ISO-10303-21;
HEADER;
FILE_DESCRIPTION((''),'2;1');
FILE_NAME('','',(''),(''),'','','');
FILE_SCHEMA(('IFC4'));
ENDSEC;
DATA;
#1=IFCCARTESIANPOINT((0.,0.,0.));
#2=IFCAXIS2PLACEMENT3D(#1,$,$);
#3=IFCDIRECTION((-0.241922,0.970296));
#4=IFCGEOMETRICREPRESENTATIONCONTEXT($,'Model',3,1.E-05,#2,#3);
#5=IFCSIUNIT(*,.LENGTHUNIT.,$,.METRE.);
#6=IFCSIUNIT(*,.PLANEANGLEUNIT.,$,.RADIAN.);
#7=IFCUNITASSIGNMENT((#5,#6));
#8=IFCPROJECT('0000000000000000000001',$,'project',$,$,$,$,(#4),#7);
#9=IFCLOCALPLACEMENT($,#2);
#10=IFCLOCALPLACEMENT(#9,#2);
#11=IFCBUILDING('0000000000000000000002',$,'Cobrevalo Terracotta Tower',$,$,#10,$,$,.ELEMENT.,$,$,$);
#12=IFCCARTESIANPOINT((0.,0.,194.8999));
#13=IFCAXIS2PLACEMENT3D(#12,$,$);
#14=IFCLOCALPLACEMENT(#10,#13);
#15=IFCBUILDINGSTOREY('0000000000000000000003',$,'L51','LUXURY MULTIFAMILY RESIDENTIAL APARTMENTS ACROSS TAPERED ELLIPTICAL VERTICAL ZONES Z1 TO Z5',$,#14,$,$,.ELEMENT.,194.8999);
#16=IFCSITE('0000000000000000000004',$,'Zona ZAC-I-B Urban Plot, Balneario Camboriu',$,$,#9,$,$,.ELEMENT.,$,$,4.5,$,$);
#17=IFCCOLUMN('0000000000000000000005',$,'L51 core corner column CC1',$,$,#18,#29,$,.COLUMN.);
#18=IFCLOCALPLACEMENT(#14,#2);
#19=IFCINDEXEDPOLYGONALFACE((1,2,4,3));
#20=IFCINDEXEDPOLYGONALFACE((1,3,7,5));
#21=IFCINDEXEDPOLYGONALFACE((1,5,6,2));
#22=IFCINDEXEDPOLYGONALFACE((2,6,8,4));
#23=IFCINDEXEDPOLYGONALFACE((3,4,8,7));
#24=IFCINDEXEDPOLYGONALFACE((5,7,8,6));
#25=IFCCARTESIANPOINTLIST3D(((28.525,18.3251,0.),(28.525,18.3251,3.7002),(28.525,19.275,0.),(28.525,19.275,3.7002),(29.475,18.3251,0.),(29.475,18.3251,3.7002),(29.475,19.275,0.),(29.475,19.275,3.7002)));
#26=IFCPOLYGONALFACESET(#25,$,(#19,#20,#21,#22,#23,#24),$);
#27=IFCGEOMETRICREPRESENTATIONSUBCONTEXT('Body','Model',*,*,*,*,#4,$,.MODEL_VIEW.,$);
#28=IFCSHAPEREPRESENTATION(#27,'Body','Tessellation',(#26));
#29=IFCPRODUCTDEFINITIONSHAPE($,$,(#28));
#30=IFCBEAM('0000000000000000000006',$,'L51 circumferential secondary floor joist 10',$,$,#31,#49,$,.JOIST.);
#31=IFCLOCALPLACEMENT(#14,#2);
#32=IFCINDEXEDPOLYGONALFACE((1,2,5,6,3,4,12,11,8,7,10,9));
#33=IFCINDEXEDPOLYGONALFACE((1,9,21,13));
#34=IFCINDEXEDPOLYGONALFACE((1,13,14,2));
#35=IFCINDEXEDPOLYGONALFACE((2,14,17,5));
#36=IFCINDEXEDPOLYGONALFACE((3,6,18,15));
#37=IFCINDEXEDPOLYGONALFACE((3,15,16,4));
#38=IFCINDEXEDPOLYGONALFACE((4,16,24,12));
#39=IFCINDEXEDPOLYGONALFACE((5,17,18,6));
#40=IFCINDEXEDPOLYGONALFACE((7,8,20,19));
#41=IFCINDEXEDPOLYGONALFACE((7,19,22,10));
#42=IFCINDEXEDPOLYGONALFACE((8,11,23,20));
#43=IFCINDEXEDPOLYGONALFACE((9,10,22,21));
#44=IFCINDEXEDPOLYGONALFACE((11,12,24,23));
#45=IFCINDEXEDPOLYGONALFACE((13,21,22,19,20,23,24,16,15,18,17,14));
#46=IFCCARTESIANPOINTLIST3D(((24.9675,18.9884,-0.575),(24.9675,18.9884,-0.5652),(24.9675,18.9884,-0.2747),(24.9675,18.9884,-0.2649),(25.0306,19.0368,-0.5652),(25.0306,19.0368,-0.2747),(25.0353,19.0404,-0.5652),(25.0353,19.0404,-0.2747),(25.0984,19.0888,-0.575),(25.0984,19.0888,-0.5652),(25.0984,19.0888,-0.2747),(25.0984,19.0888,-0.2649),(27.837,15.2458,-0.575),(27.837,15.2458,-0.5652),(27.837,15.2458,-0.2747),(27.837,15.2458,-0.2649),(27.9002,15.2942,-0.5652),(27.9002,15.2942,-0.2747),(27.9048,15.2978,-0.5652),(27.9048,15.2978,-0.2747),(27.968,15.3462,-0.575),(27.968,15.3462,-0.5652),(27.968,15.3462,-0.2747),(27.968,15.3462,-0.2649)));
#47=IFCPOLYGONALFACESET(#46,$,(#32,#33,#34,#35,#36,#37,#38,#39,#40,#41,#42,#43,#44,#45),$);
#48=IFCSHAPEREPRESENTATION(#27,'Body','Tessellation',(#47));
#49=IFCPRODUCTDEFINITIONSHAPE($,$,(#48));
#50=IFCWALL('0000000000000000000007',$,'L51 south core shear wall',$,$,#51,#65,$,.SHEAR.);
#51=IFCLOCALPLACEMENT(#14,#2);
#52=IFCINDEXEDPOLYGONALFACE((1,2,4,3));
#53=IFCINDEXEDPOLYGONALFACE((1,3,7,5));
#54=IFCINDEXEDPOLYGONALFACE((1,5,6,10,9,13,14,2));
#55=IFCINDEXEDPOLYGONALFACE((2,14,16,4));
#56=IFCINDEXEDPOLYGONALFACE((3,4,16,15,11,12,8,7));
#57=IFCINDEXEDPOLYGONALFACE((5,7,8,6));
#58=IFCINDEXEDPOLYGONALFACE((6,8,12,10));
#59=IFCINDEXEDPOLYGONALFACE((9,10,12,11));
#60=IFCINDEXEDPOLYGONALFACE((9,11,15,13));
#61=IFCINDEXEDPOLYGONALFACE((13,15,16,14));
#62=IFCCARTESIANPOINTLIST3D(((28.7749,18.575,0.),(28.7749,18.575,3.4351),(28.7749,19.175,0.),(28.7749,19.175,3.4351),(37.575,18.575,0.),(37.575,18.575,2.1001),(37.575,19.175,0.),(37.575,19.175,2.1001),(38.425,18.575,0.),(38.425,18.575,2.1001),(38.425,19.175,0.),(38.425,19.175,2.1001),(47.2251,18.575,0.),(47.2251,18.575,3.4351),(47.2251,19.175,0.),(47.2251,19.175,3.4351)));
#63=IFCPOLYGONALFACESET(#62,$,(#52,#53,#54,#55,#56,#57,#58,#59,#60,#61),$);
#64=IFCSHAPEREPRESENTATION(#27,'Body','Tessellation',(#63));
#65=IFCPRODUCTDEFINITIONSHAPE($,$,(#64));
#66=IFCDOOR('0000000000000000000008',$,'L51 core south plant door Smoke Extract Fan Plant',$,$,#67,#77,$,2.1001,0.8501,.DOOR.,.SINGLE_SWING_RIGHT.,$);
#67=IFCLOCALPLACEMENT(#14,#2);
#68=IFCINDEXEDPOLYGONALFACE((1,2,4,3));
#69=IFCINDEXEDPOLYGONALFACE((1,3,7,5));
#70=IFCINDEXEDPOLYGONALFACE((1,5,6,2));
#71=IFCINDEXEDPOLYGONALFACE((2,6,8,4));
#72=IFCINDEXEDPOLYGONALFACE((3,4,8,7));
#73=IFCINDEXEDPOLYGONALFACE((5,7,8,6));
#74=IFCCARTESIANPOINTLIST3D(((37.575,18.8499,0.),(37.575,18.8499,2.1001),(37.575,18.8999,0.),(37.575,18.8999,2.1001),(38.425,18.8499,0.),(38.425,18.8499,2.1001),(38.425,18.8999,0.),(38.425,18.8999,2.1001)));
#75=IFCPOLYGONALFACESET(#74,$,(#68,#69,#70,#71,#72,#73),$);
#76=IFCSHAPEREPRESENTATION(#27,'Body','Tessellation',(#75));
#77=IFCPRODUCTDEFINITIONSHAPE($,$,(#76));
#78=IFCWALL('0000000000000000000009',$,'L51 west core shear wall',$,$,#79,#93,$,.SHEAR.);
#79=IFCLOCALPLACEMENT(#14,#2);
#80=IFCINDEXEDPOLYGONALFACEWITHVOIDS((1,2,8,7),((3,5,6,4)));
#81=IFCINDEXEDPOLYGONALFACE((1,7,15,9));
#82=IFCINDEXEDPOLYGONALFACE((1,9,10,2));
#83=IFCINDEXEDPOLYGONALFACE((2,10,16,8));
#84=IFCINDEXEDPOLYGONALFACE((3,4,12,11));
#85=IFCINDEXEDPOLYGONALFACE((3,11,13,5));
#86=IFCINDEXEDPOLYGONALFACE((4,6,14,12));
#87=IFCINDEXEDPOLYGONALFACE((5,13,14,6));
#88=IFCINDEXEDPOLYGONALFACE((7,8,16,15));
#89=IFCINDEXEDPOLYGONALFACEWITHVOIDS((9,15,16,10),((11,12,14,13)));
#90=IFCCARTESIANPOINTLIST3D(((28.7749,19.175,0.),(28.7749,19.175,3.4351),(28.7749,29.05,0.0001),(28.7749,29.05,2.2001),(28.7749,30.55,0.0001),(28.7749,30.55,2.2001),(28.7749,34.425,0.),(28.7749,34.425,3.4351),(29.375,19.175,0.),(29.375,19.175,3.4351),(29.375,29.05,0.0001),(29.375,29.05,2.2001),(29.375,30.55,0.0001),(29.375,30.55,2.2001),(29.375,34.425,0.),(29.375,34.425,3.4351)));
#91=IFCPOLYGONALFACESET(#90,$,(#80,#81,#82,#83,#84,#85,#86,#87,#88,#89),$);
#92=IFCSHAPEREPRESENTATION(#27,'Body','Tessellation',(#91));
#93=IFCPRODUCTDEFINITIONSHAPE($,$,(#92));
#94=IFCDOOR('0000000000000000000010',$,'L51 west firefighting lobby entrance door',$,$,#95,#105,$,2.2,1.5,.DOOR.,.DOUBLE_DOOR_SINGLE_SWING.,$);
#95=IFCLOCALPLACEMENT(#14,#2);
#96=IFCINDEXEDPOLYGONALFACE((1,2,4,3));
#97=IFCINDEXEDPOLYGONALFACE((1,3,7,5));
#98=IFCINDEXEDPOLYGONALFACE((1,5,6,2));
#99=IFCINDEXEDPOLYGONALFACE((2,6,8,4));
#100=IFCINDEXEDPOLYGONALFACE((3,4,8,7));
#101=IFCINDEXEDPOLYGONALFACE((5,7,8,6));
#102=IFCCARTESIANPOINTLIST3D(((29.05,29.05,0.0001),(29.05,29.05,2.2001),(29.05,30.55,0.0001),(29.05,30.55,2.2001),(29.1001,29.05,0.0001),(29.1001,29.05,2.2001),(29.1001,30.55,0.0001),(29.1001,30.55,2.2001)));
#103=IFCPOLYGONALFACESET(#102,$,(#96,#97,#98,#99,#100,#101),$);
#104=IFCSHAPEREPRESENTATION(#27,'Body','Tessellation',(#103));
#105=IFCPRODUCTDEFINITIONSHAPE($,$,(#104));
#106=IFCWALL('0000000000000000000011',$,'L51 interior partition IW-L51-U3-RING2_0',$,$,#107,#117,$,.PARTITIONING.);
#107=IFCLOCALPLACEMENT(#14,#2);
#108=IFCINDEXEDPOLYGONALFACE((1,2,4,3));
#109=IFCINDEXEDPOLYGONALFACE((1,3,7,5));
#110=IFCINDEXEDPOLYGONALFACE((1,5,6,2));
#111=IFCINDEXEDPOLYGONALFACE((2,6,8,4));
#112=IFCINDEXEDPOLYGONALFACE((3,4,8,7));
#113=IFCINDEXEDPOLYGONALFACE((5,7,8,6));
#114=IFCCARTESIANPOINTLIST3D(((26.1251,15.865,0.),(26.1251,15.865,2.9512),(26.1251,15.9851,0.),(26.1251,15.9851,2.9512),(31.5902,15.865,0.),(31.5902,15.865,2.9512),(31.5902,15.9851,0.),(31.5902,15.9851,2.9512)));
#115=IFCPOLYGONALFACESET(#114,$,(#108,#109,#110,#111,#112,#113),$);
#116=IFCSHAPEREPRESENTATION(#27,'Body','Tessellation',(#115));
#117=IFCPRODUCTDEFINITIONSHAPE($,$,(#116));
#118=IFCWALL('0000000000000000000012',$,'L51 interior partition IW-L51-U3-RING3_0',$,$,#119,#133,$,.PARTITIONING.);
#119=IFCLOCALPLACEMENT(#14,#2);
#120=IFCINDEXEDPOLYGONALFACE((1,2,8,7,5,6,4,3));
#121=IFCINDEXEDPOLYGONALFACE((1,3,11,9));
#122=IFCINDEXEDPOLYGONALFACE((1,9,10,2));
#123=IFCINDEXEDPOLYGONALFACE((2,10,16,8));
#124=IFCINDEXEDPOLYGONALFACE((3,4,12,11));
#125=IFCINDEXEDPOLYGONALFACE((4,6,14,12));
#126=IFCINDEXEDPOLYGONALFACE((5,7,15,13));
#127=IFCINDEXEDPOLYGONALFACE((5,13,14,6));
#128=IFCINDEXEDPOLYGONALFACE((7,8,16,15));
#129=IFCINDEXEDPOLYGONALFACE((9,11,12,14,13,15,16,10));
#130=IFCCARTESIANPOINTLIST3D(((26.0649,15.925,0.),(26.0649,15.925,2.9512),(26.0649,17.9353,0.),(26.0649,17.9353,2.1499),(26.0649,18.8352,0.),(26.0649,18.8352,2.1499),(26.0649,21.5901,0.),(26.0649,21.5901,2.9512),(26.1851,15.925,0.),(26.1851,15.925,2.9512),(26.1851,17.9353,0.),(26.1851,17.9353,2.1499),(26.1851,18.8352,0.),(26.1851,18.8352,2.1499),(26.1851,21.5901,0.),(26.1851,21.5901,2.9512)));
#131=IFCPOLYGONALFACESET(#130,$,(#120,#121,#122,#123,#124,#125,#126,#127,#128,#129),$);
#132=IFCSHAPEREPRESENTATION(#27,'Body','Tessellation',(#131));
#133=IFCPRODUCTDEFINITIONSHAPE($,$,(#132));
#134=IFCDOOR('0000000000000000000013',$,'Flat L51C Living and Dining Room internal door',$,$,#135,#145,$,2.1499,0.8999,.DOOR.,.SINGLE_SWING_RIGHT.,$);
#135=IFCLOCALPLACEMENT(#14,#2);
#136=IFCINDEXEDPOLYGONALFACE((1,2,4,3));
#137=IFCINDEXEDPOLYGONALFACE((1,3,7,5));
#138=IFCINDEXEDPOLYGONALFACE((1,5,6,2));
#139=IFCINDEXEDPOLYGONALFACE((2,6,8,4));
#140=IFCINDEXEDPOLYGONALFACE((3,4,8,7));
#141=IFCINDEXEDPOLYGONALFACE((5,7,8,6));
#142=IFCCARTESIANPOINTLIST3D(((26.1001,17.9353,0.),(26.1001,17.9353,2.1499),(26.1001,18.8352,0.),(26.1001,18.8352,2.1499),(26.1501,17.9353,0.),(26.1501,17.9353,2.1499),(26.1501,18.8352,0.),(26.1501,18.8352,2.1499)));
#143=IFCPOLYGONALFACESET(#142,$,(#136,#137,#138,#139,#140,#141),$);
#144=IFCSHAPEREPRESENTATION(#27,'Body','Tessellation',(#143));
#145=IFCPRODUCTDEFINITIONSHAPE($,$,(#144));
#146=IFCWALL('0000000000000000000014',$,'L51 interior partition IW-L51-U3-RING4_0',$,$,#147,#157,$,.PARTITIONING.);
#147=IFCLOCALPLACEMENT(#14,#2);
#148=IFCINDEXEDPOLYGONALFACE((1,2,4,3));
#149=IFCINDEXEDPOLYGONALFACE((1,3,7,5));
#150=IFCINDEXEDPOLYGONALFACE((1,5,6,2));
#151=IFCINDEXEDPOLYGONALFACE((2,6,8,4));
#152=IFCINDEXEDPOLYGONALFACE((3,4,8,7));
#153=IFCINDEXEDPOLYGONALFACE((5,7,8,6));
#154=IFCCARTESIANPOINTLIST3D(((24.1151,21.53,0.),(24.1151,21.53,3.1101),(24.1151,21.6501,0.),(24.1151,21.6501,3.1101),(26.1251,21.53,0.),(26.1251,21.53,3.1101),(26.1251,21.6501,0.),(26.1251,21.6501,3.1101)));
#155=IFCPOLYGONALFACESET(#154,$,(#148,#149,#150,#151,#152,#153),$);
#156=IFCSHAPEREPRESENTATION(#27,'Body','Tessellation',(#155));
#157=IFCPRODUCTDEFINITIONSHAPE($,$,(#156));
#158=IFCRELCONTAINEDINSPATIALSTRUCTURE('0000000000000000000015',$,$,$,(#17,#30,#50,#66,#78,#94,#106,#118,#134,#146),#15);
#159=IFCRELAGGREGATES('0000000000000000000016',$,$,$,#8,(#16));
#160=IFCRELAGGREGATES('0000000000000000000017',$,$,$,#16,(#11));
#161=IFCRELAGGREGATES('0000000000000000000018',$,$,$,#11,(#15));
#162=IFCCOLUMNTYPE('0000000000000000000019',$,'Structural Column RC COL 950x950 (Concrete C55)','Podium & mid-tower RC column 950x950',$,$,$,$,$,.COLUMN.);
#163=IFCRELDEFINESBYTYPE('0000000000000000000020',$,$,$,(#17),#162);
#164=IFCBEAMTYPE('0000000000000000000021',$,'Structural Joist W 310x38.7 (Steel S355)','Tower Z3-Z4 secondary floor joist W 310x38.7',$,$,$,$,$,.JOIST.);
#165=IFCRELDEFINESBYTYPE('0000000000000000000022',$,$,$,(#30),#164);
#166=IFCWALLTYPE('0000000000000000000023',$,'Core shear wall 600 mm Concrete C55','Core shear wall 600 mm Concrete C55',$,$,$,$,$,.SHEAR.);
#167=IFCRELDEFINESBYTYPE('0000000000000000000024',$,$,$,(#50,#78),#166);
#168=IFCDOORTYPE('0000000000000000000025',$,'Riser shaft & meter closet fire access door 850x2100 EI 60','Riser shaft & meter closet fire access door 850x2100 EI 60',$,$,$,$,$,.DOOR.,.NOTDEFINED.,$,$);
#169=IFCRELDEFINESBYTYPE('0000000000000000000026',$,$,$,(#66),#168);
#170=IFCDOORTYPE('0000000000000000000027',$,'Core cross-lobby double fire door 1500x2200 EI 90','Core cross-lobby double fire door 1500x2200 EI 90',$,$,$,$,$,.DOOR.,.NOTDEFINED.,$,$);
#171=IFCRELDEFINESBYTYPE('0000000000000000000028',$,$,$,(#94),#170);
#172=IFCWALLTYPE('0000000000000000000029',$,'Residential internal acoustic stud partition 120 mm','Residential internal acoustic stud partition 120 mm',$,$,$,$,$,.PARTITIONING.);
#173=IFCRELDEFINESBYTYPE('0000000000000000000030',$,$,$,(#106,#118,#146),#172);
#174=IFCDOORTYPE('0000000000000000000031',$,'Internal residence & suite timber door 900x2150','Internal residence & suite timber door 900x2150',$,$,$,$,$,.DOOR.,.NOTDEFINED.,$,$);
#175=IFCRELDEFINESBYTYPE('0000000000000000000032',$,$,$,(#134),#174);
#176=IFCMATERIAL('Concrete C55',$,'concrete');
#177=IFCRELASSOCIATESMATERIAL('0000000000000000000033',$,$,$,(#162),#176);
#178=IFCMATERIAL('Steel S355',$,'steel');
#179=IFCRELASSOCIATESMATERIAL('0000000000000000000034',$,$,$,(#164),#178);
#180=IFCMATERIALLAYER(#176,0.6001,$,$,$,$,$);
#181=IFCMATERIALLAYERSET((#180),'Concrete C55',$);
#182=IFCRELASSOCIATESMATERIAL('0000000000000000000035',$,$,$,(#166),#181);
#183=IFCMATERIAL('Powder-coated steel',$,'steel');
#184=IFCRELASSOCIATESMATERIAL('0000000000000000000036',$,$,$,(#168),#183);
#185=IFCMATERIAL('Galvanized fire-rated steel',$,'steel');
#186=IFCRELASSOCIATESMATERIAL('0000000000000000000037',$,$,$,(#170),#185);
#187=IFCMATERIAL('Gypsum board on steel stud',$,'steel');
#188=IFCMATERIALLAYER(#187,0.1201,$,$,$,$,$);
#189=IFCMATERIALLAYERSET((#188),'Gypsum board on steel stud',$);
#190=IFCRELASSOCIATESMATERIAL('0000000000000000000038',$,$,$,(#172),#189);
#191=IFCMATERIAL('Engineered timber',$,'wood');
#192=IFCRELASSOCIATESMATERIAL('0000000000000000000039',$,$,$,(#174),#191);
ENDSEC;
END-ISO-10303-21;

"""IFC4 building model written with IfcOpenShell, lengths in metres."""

from ifc_helpers import new_model, si_unit, direction, frame, frame_2d, origin, origin_2d, place, context, subcontext, project, spatial, rectangle, i_section, extrude, source, transform, mapped, material, layer, layer_set, material_profile, profile_set, type_object, element, fill, save


model = new_model("IFC4")

# Units and contexts
model_context = context("Model", 3, precision=1e-05, world=origin(), true_north=direction((-0.241922, 0.970296)))
body_context = subcontext(model_context, "Body", "Model", "MODEL_VIEW")
ifc_project = project(units=[si_unit("LENGTHUNIT", "METRE"), si_unit("PLANEANGLEUNIT", "RADIAN")], contexts=[model_context])

# Site, building, storey
site_placement = place(None, origin())
site = spatial("IfcSite", under=ifc_project, at=site_placement, Name="Zona ZAC-I-B Urban Plot, Balneario Camboriu", CompositionType="ELEMENT", RefElevation=4.5)
building_placement = place(site_placement, origin())
building = spatial("IfcBuilding", under=site, at=building_placement, Name="Cobrevalo Terracotta Tower", CompositionType="ELEMENT")
storey_placement = place(building_placement, frame((0.0, 0.0, 194.8999)))
storey = spatial("IfcBuildingStorey", under=building, at=storey_placement, Name="L51", Description="LUXURY MULTIFAMILY RESIDENTIAL APARTMENTS ACROSS TAPERED ELLIPTICAL VERTICAL ZONES Z1 TO Z5", CompositionType="ELEMENT", Elevation=194.8999)

# Column
ifc_material_1 = material(Name="Concrete C55", Category="concrete")
ifc_material_profile_1 = material_profile(ifc_material_1, rectangle(XDim=0.95, YDim=0.95, at=origin_2d()), Name="RC COL 950x950")
ifc_profile_set_1 = profile_set([ifc_material_profile_1], Name="Concrete C55")
column_type = type_object("IfcColumnType", Name="Structural Column RC COL 950x950 (Concrete C55)", Description="Podium & mid-tower RC column 950x950", PredefinedType="COLUMN", material=ifc_profile_set_1)
column_placement = place(storey_placement, frame((29.0, 18.8, 0.0), z_axis=(0.0, 0.0, 1.0), x_axis=(1.0, 0.0, 0.0)))
element("IfcColumn", 1, at=column_placement, inside=storey, type_object=column_type, Name="L51 core corner column CC1", PredefinedType="COLUMN", context=body_context, shape_type="SweptSolid", body=[
    extrude(rectangle(XDim=0.95, YDim=0.95, at=origin_2d()), origin(), (0.0, 0.0, 1.0), 3.7002),
])

# Beam
ifc_material_2 = material(Name="Steel S355", Category="steel")
ifc_material_profile_2 = material_profile(ifc_material_2, i_section(OverallWidth=0.165, OverallDepth=0.3101, WebThickness=0.0059, FlangeThickness=0.0098, at=origin_2d()), Name="W 310x38.7")
ifc_profile_set_2 = profile_set([ifc_material_profile_2], Name="Steel S355")
beam_type = type_object("IfcBeamType", Name="Structural Joist W 310x38.7 (Steel S355)", Description="Tower Z3-Z4 secondary floor joist W 310x38.7", PredefinedType="JOIST", material=ifc_profile_set_2)
beam_placement = place(storey_placement, frame((25.033, 19.0386, -0.4199), z_axis=(0.608464, -0.793581, 0.0), x_axis=(0.793581, 0.608464, 0.0)))
element("IfcBeam", 2, at=beam_placement, inside=storey, type_object=beam_type, Name="L51 circumferential secondary floor joist 10", PredefinedType="JOIST", context=body_context, shape_type="SweptSolid", body=[
    extrude(i_section(OverallWidth=0.165, OverallDepth=0.3101, WebThickness=0.0059, FlangeThickness=0.0098, at=origin_2d()), origin(), (0.0, 0.0, 1.0), 4.7161),
])

# Walls, openings, doors
ifc_layer_1 = layer(ifc_material_1, 0.6001)
ifc_layer_set_1 = layer_set([ifc_layer_1], Name="Concrete C55")
wall_type_1 = type_object("IfcWallType", Name="Core shear wall 600 mm Concrete C55", Description="Core shear wall 600 mm Concrete C55", PredefinedType="SHEAR", material=ifc_layer_set_1)
wall_1_placement = place(storey_placement, frame((28.7749, 18.875, 0.0), z_axis=(0.0, 0.0, 1.0), x_axis=(1.0, 0.0, 0.0)))
wall_1 = element("IfcWall", 3, at=wall_1_placement, inside=storey, type_object=wall_type_1, Name="L51 south core shear wall", PredefinedType="SHEAR", context=body_context, shape_type="SweptSolid", body=[
    extrude(rectangle(XDim=18.4502, YDim=0.6001, at=frame_2d((9.2251, 0.0))), origin(), (0.0, 0.0, 1.0), 3.4351),
])
opening_1_placement = place(wall_1_placement, frame((8.8, 0.0, 0.0)))
opening_1 = element("IfcOpeningElement", 4, at=opening_1_placement, cuts=wall_1, PredefinedType="OPENING", context=body_context, shape_type="SweptSolid", body=[
    extrude(rectangle(XDim=0.8501, YDim=2.1001, at=frame_2d((0.425, 1.05))), frame((0.0, 0.3101, 0.0), z_axis=(0.0, -1.0, 0.0), x_axis=(1.0, 0.0, 0.0)), (0.0, 0.0, 1.0), 0.6201),
])
ifc_material_3 = material(Name="Powder-coated steel", Category="steel")
door_type_1 = type_object("IfcDoorType", Name="Riser shaft & meter closet fire access door 850x2100 EI 60", Description="Riser shaft & meter closet fire access door 850x2100 EI 60", OperationType="NOTDEFINED", PredefinedType="DOOR", material=ifc_material_3)
shared_shape_1 = source(origin(), body_context, "Body", "SweptSolid", [
    extrude(rectangle(XDim=0.8501, YDim=2.1001, at=frame_2d((0.425, 1.05))), frame((0.0, 0.0249, 0.0), z_axis=(0.0, -1.0, 0.0), x_axis=(1.0, 0.0, 0.0)), (0.0, 0.0, 1.0), 0.05),
])
door_1_placement = place(opening_1_placement, origin())
door_1 = element("IfcDoor", 5, at=door_1_placement, inside=storey, type_object=door_type_1, Name="L51 core south plant door Smoke Extract Fan Plant", OperationType="SINGLE_SWING_RIGHT", OverallHeight=2.1001, OverallWidth=0.8501, PredefinedType="DOOR", context=body_context, shape_type="MappedRepresentation", body=[
    mapped(shared_shape_1, transform((0.0, 0.0, 0.0), scale=1.0)),
])
fill(opening_1, door_1)
wall_2_placement = place(storey_placement, frame((29.075, 19.175, 0.0), z_axis=(0.0, 0.0, 1.0), x_axis=(0.0, 1.0, 0.0)))
wall_2 = element("IfcWall", 6, at=wall_2_placement, inside=storey, type_object=wall_type_1, Name="L51 west core shear wall", PredefinedType="SHEAR", context=body_context, shape_type="SweptSolid", body=[
    extrude(rectangle(XDim=15.25, YDim=0.6001, at=frame_2d((7.625, 0.0))), origin(), (0.0, 0.0, 1.0), 3.4351),
])
opening_2_placement = place(wall_2_placement, frame((9.875, 0.0, 0.0)))
opening_2 = element("IfcOpeningElement", 7, at=opening_2_placement, cuts=wall_2, PredefinedType="OPENING", context=body_context, shape_type="SweptSolid", body=[
    extrude(rectangle(XDim=1.5, YDim=2.2, at=frame_2d((0.75, 1.1001))), frame((0.0, 0.3101, 0.0), z_axis=(0.0, -1.0, 0.0), x_axis=(1.0, 0.0, 0.0)), (0.0, 0.0, 1.0), 0.6201),
])
ifc_material_4 = material(Name="Galvanized fire-rated steel", Category="steel")
door_type_2 = type_object("IfcDoorType", Name="Core cross-lobby double fire door 1500x2200 EI 90", Description="Core cross-lobby double fire door 1500x2200 EI 90", OperationType="NOTDEFINED", PredefinedType="DOOR", material=ifc_material_4)
shared_shape_2 = source(origin(), body_context, "Body", "SweptSolid", [
    extrude(rectangle(XDim=1.5, YDim=2.2, at=frame_2d((0.75, 1.1001))), frame((0.0, 0.0249, 0.0), z_axis=(0.0, -1.0, 0.0), x_axis=(1.0, 0.0, 0.0)), (0.0, 0.0, 1.0), 0.05),
])
door_2_placement = place(opening_2_placement, origin())
door_2 = element("IfcDoor", 8, at=door_2_placement, inside=storey, type_object=door_type_2, Name="L51 west firefighting lobby entrance door", OperationType="DOUBLE_DOOR_SINGLE_SWING", OverallHeight=2.2, OverallWidth=1.5, PredefinedType="DOOR", context=body_context, shape_type="MappedRepresentation", body=[
    mapped(shared_shape_2, transform((0.0, 0.0, 0.0), scale=1.0)),
])
fill(opening_2, door_2)

# Wall
ifc_material_5 = material(Name="Gypsum board on steel stud", Category="steel")
ifc_layer_2 = layer(ifc_material_5, 0.1201)
ifc_layer_set_2 = layer_set([ifc_layer_2], Name="Gypsum board on steel stud")
wall_type_2 = type_object("IfcWallType", Name="Residential internal acoustic stud partition 120 mm", Description="Residential internal acoustic stud partition 120 mm", PredefinedType="PARTITIONING", material=ifc_layer_set_2)
wall_3_placement = place(storey_placement, frame((31.5901, 15.925, 0.0), z_axis=(0.0, 0.0, 1.0), x_axis=(-1.0, 0.0, 0.0)))
element("IfcWall", 9, at=wall_3_placement, inside=storey, type_object=wall_type_2, Name="L51 interior partition IW-L51-U3-RING2_0", PredefinedType="PARTITIONING", context=body_context, shape_type="SweptSolid", body=[
    extrude(rectangle(XDim=5.4651, YDim=0.1201, at=frame_2d((2.7324, 0.0))), origin(), (0.0, 0.0, 1.0), 2.9512),
])

# Wall, opening, door
wall_4_placement = place(storey_placement, frame((26.125, 15.925, 0.0), z_axis=(0.0, 0.0, 1.0), x_axis=(0.0, 1.0, 0.0)))
wall_4 = element("IfcWall", 10, at=wall_4_placement, inside=storey, type_object=wall_type_2, Name="L51 interior partition IW-L51-U3-RING3_0", PredefinedType="PARTITIONING", context=body_context, shape_type="SweptSolid", body=[
    extrude(rectangle(XDim=5.665, YDim=0.1201, at=frame_2d((2.8325, 0.0))), origin(), (0.0, 0.0, 1.0), 2.9512),
])
opening_3_placement = place(wall_4_placement, frame((2.0103, 0.0, 0.0)))
opening_3 = element("IfcOpeningElement", 11, at=opening_3_placement, cuts=wall_4, PredefinedType="OPENING", context=body_context, shape_type="SweptSolid", body=[
    extrude(rectangle(XDim=0.8999, YDim=2.1499, at=frame_2d((0.45, 1.075))), frame((0.0, 0.0701, 0.0), z_axis=(0.0, -1.0, 0.0), x_axis=(1.0, 0.0, 0.0)), (0.0, 0.0, 1.0), 0.1401),
])
ifc_material_6 = material(Name="Engineered timber", Category="wood")
door_type_3 = type_object("IfcDoorType", Name="Internal residence & suite timber door 900x2150", Description="Internal residence & suite timber door 900x2150", OperationType="NOTDEFINED", PredefinedType="DOOR", material=ifc_material_6)
shared_shape_3 = source(origin(), body_context, "Body", "SweptSolid", [
    extrude(rectangle(XDim=0.8999, YDim=2.1499, at=frame_2d((0.45, 1.075))), frame((0.0, 0.0249, 0.0), z_axis=(0.0, -1.0, 0.0), x_axis=(1.0, 0.0, 0.0)), (0.0, 0.0, 1.0), 0.05),
])
door_3_placement = place(opening_3_placement, origin())
door_3 = element("IfcDoor", 12, at=door_3_placement, inside=storey, type_object=door_type_3, Name="Flat L51C Living and Dining Room internal door", OperationType="SINGLE_SWING_RIGHT", OverallHeight=2.1499, OverallWidth=0.8999, PredefinedType="DOOR", context=body_context, shape_type="MappedRepresentation", body=[
    mapped(shared_shape_3, transform((0.0, 0.0, 0.0), scale=1.0)),
])
fill(opening_3, door_3)

# Wall
wall_5_placement = place(storey_placement, frame((26.125, 21.5901, 0.0), z_axis=(0.0, 0.0, 1.0), x_axis=(-1.0, 0.0, 0.0)))
element("IfcWall", 13, at=wall_5_placement, inside=storey, type_object=wall_type_2, Name="L51 interior partition IW-L51-U3-RING4_0", PredefinedType="PARTITIONING", context=body_context, shape_type="SweptSolid", body=[
    extrude(rectangle(XDim=2.01, YDim=0.1201, at=frame_2d((1.0049, 0.0))), origin(), (0.0, 0.0, 1.0), 3.1101),
])

save(model, "model.ifc")
